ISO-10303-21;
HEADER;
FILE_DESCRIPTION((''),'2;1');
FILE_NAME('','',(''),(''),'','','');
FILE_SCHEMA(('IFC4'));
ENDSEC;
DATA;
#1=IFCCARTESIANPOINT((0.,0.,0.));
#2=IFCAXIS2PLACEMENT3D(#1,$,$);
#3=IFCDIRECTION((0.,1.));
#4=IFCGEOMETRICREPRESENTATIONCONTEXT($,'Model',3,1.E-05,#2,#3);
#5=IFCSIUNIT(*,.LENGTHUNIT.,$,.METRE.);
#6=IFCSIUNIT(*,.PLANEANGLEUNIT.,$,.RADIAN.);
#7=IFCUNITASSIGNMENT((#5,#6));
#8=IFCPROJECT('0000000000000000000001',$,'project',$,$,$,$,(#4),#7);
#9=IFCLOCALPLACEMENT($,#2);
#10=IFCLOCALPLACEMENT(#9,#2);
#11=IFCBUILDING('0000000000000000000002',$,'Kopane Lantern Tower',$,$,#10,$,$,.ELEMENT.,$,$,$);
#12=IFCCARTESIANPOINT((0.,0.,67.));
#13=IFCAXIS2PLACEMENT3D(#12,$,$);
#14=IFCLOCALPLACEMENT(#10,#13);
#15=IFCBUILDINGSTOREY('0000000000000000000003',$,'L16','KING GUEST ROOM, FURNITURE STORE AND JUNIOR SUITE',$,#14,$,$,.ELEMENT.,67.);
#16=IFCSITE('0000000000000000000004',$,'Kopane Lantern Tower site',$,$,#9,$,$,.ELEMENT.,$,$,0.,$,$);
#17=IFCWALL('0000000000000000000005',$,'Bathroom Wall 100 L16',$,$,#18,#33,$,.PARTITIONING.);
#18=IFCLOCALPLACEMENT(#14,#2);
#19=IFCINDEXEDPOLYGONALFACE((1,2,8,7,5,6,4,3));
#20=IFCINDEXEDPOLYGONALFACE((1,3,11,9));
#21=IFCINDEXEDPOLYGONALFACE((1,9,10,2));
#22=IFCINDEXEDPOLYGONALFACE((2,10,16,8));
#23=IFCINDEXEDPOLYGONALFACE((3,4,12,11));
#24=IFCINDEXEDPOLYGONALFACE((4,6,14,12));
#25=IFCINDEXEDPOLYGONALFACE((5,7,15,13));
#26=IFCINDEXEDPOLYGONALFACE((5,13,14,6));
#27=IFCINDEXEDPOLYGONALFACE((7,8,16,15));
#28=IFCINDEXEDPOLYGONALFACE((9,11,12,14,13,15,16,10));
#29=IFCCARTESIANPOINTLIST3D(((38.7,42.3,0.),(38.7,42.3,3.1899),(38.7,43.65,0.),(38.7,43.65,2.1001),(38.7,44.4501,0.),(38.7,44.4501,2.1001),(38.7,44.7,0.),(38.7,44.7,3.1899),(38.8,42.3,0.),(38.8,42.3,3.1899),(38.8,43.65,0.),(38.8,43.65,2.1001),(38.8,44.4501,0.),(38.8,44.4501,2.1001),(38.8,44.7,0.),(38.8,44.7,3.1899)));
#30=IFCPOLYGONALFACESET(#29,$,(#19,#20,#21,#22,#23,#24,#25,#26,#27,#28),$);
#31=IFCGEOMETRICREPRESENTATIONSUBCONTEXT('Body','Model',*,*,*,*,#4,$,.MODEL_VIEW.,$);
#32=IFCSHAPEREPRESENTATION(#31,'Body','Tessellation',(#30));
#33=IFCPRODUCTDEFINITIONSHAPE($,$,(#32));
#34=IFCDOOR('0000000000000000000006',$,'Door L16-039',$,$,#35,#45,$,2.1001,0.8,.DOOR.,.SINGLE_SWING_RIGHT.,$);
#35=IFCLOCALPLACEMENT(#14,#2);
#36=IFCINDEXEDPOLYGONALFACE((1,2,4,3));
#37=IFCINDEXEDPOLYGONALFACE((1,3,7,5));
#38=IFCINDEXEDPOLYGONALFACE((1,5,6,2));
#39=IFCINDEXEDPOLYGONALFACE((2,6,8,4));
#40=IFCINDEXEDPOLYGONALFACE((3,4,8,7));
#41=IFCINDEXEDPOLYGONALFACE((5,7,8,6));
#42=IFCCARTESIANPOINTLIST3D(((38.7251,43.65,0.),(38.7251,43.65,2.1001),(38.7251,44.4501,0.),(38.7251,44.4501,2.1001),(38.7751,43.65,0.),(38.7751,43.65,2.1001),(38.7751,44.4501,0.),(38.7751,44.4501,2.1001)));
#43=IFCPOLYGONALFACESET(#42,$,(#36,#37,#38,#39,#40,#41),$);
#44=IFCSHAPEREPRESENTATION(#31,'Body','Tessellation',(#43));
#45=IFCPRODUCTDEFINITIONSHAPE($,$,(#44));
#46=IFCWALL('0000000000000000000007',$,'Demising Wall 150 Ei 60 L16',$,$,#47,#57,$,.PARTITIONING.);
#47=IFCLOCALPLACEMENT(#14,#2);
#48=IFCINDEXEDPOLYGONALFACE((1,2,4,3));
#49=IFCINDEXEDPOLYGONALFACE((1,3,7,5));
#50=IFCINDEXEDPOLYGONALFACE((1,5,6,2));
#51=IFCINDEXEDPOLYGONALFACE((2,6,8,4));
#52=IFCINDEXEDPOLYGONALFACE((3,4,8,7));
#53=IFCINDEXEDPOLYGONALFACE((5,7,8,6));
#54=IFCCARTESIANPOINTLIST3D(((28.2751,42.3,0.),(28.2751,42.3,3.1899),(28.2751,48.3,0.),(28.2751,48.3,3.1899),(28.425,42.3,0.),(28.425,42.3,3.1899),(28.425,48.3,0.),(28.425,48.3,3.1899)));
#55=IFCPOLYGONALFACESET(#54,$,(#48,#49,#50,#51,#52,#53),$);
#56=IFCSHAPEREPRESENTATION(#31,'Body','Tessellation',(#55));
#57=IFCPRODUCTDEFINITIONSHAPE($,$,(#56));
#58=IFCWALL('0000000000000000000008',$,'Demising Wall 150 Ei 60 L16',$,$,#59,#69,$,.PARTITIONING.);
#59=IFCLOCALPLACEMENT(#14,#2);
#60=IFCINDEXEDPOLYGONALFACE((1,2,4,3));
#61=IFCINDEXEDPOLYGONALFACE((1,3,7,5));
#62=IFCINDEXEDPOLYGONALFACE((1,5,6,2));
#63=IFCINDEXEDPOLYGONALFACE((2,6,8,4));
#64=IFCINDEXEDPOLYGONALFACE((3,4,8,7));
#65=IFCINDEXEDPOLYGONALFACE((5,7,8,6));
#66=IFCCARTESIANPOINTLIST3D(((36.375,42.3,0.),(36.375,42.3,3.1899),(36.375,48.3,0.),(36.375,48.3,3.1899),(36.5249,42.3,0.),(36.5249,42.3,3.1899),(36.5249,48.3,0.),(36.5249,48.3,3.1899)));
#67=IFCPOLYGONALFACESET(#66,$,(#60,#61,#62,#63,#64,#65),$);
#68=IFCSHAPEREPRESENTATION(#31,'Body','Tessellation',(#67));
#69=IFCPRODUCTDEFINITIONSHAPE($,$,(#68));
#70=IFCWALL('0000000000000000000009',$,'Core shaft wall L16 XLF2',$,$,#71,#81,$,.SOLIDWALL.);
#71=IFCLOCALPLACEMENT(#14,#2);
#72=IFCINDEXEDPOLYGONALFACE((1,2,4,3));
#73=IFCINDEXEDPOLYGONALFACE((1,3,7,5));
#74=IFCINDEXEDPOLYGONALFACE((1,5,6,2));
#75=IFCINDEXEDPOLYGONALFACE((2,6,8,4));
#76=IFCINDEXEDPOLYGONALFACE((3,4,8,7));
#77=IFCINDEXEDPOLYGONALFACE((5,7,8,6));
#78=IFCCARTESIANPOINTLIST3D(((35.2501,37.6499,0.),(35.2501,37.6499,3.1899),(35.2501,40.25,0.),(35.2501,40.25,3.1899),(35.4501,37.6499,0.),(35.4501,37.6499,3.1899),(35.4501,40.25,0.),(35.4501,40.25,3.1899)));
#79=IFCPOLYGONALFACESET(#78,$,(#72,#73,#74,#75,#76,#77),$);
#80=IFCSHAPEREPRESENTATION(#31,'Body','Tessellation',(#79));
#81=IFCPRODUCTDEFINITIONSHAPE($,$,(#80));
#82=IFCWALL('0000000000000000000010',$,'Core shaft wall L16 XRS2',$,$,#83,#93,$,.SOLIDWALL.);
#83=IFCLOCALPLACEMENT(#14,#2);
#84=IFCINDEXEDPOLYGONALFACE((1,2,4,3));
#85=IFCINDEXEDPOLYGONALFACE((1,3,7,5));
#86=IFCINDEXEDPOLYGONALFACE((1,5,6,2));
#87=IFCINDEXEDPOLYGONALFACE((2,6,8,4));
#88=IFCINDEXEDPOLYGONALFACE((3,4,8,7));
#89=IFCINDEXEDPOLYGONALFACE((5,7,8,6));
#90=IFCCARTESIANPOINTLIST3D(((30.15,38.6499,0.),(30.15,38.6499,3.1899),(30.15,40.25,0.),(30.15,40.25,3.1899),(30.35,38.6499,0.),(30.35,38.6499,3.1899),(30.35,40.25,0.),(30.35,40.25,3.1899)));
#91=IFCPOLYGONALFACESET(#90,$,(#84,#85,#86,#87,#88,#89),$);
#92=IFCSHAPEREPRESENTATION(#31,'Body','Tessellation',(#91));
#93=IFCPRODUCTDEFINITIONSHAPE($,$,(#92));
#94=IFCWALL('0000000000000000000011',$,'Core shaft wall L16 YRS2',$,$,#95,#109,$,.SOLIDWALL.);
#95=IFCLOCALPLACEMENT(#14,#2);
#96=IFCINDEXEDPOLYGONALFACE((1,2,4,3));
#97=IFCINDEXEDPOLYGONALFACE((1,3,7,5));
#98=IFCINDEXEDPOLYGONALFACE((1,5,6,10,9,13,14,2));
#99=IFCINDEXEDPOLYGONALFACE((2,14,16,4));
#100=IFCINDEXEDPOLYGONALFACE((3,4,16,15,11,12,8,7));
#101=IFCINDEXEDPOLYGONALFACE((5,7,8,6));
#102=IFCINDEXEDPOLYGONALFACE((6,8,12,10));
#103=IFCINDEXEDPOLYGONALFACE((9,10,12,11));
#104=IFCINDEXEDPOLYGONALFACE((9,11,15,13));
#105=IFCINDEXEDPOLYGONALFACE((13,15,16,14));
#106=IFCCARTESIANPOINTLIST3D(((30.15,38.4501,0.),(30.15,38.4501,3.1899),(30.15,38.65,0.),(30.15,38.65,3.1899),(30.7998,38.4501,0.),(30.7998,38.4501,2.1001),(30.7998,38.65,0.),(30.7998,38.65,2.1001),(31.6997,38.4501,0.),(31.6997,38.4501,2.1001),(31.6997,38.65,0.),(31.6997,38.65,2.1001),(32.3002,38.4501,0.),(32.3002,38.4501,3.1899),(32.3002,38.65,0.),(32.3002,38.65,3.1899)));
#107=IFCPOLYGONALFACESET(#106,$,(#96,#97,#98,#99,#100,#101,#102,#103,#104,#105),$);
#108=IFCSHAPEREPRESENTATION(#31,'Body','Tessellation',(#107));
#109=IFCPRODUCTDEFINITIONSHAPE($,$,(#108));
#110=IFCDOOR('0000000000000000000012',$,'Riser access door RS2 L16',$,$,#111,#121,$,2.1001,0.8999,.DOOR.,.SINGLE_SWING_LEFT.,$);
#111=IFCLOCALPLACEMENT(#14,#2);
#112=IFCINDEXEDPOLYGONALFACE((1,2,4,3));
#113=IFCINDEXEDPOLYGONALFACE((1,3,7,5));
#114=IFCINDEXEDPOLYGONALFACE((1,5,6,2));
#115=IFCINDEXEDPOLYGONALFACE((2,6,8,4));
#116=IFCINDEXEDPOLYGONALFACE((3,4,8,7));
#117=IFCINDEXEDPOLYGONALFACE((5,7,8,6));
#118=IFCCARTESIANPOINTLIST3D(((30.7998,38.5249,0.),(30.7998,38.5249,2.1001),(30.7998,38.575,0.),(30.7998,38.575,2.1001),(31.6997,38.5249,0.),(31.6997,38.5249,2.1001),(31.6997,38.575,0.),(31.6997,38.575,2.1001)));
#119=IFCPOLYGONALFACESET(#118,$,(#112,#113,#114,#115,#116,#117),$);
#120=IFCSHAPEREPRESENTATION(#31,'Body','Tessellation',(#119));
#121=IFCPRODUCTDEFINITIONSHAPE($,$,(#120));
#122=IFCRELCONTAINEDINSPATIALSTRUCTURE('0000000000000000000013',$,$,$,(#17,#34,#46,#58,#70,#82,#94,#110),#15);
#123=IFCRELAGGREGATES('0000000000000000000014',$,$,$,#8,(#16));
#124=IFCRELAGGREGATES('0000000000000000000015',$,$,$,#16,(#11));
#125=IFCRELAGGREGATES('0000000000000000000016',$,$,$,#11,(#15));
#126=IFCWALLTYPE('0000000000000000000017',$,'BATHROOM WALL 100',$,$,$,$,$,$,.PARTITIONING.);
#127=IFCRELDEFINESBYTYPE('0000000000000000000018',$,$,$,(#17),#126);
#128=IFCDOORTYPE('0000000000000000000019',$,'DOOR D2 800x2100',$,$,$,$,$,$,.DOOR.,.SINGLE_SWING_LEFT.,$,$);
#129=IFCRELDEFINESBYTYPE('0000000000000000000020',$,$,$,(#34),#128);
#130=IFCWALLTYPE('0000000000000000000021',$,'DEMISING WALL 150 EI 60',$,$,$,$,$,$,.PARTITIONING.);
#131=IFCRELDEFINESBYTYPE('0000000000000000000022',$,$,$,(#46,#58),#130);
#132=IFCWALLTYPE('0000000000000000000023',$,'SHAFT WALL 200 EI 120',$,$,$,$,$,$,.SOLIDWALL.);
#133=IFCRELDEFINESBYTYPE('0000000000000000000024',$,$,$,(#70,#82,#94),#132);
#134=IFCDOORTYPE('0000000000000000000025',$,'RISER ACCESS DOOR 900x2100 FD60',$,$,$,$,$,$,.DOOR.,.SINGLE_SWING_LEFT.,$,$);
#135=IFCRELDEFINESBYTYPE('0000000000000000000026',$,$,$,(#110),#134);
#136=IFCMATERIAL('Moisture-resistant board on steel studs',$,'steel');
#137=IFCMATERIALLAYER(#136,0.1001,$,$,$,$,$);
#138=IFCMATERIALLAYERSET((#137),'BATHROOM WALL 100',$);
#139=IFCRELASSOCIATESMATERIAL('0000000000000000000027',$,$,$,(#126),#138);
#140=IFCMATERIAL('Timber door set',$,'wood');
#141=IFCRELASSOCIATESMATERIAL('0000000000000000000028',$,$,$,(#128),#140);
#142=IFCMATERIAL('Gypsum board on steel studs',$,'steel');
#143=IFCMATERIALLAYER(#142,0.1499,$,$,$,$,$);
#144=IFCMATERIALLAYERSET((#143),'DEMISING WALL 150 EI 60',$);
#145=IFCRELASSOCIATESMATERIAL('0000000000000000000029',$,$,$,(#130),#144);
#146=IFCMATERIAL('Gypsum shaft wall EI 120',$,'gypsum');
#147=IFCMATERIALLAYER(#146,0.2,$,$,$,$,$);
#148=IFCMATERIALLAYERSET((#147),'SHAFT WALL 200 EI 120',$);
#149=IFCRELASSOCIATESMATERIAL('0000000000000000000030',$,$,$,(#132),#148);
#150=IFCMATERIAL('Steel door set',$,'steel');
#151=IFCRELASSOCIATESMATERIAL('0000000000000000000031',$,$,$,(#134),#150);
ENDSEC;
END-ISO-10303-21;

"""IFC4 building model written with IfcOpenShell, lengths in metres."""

from ifc_helpers import new_model, si_unit, direction, frame, frame_2d, origin, place, context, subcontext, project, spatial, rectangle, extrude, material, layer, layer_set, type_object, element, fill, save


model = new_model("IFC4")

# Units and contexts
model_context = context("Model", 3, precision=1e-05, world=origin(), true_north=direction((0.0, 1.0)))
body_context = subcontext(model_context, "Body", "Model", "MODEL_VIEW")
ifc_project = project(units=[si_unit("LENGTHUNIT", "METRE"), si_unit("PLANEANGLEUNIT", "RADIAN")], contexts=[model_context])

# Site, building, storey
site_placement = place(None, origin())
site = spatial("IfcSite", under=ifc_project, at=site_placement, Name="Kopane Lantern Tower site", CompositionType="ELEMENT", RefElevation=0.0)
building_placement = place(site_placement, origin())
building = spatial("IfcBuilding", under=site, at=building_placement, Name="Kopane Lantern Tower", CompositionType="ELEMENT")
storey_placement = place(building_placement, frame((0.0, 0.0, 67.0)))
storey = spatial("IfcBuildingStorey", under=building, at=storey_placement, Name="L16", Description="KING GUEST ROOM, FURNITURE STORE AND JUNIOR SUITE", CompositionType="ELEMENT", Elevation=67.0)

# Shared definitions
ifc_material_1 = material(Name="Moisture-resistant board on steel studs", Category="steel")
ifc_layer_1 = layer(ifc_material_1, 0.1001)
ifc_layer_set_1 = layer_set([ifc_layer_1], Name="BATHROOM WALL 100")
wall_type_1 = type_object("IfcWallType", Name="BATHROOM WALL 100", PredefinedType="PARTITIONING", material=ifc_layer_set_1)
ifc_material_2 = material(Name="Timber door set", Category="wood")
door_type_1 = type_object("IfcDoorType", Name="DOOR D2 800x2100", OperationType="SINGLE_SWING_LEFT", PredefinedType="DOOR", material=ifc_material_2)

# Wall, opening, door
wall_1_placement = place(storey_placement, frame((38.75, 42.3, 0.0), z_axis=(0.0, 0.0, 1.0), x_axis=(0.0, 1.0, 0.0)))
wall_1 = element("IfcWall", 1, at=wall_1_placement, inside=storey, type_object=wall_type_1, Name="Bathroom Wall 100 L16", PredefinedType="PARTITIONING", context=body_context, shape_type="SweptSolid", body=[
    extrude(rectangle(XDim=2.3999, YDim=0.1001, at=frame_2d((1.2, 0.0))), origin(), (0.0, 0.0, 1.0), 3.1899),
])
opening_1_placement = place(wall_1_placement, frame((1.3501, 0.0, 0.0)))
opening_1 = element("IfcOpeningElement", 2, at=opening_1_placement, cuts=wall_1, PredefinedType="OPENING", context=body_context, shape_type="SweptSolid", body=[
    extrude(rectangle(XDim=0.8, YDim=2.1001, at=frame_2d((0.3999, 1.05))), frame((0.0, 0.0601, 0.0), z_axis=(0.0, -1.0, 0.0), x_axis=(1.0, 0.0, 0.0)), (0.0, 0.0, 1.0), 0.1201),
])
door_1_placement = place(opening_1_placement, origin())
door_1 = element("IfcDoor", 3, at=door_1_placement, inside=storey, type_object=door_type_1, Name="Door L16-039", OperationType="SINGLE_SWING_RIGHT", OverallHeight=2.1001, OverallWidth=0.8, PredefinedType="DOOR", context=body_context, shape_type="SweptSolid", body=[
    extrude(rectangle(XDim=0.8, YDim=2.1001, at=frame_2d((0.3999, 1.05))), frame((0.0, 0.0249, 0.0), z_axis=(0.0, -1.0, 0.0), x_axis=(1.0, 0.0, 0.0)), (0.0, 0.0, 1.0), 0.05),
])
fill(opening_1, door_1)

# Walls
ifc_material_3 = material(Name="Gypsum board on steel studs", Category="steel")
ifc_layer_2 = layer(ifc_material_3, 0.1499)
ifc_layer_set_2 = layer_set([ifc_layer_2], Name="DEMISING WALL 150 EI 60")
wall_type_2 = type_object("IfcWallType", Name="DEMISING WALL 150 EI 60", PredefinedType="PARTITIONING", material=ifc_layer_set_2)
for number, where, z_axis, x_axis, name in (
    (4, (28.3501, 42.3, 0.0), (0.0, 0.0, 1.0), (0.0, 1.0, 0.0), "Demising Wall 150 Ei 60 L16"),
    (5, (36.45, 42.3, 0.0), (0.0, 0.0, 1.0), (0.0, 1.0, 0.0), "Demising Wall 150 Ei 60 L16"),
):
    element("IfcWall", number, at=place(storey_placement, frame(where, z_axis=z_axis, x_axis=x_axis)), inside=storey, type_object=wall_type_2, Name=name, PredefinedType="PARTITIONING", context=body_context, shape_type="SweptSolid", body=[
        extrude(rectangle(XDim=6.0, YDim=0.1499, at=frame_2d((3.0, 0.0))), origin(), (0.0, 0.0, 1.0), 3.1899),
    ])
ifc_material_4 = material(Name="Gypsum shaft wall EI 120", Category="gypsum")
ifc_layer_3 = layer(ifc_material_4, 0.2)
ifc_layer_set_3 = layer_set([ifc_layer_3], Name="SHAFT WALL 200 EI 120")
wall_type_3 = type_object("IfcWallType", Name="SHAFT WALL 200 EI 120", PredefinedType="SOLIDWALL", material=ifc_layer_set_3)
wall_2_placement = place(storey_placement, frame((35.3501, 37.6499, 0.0), z_axis=(0.0, 0.0, 1.0), x_axis=(0.0, 1.0, 0.0)))
element("IfcWall", 6, at=wall_2_placement, inside=storey, type_object=wall_type_3, Name="Core shaft wall L16 XLF2", PredefinedType="SOLIDWALL", context=body_context, shape_type="SweptSolid", body=[
    extrude(rectangle(XDim=2.6001, YDim=0.2, at=frame_2d((1.3, 0.0))), origin(), (0.0, 0.0, 1.0), 3.1899),
])
wall_3_placement = place(storey_placement, frame((30.25, 38.6499, 0.0), z_axis=(0.0, 0.0, 1.0), x_axis=(0.0, 1.0, 0.0)))
element("IfcWall", 7, at=wall_3_placement, inside=storey, type_object=wall_type_3, Name="Core shaft wall L16 XRS2", PredefinedType="SOLIDWALL", context=body_context, shape_type="SweptSolid", body=[
    extrude(rectangle(XDim=1.6001, YDim=0.2, at=frame_2d((0.8, 0.0))), origin(), (0.0, 0.0, 1.0), 3.1899),
])

# Wall, opening, door
wall_4_placement = place(storey_placement, frame((30.1499, 38.55, 0.0), z_axis=(0.0, 0.0, 1.0), x_axis=(1.0, 0.0, 0.0)))
wall_4 = element("IfcWall", 8, at=wall_4_placement, inside=storey, type_object=wall_type_3, Name="Core shaft wall L16 YRS2", PredefinedType="SOLIDWALL", context=body_context, shape_type="SweptSolid", body=[
    extrude(rectangle(XDim=2.1501, YDim=0.2, at=frame_2d((1.0752, 0.0))), origin(), (0.0, 0.0, 1.0), 3.1899),
])
opening_2_placement = place(wall_4_placement, frame((0.6499, 0.0, 0.0)))
opening_2 = element("IfcOpeningElement", 9, at=opening_2_placement, cuts=wall_4, PredefinedType="OPENING", context=body_context, shape_type="SweptSolid", body=[
    extrude(rectangle(XDim=0.8999, YDim=2.1001, at=frame_2d((0.45, 1.05))), frame((0.0, 0.1099, 0.0), z_axis=(0.0, -1.0, 0.0), x_axis=(1.0, 0.0, 0.0)), (0.0, 0.0, 1.0), 0.22),
])
ifc_material_5 = material(Name="Steel door set", Category="steel")
door_type_2 = type_object("IfcDoorType", Name="RISER ACCESS DOOR 900x2100 FD60", OperationType="SINGLE_SWING_LEFT", PredefinedType="DOOR", material=ifc_material_5)
door_2_placement = place(opening_2_placement, origin())
door_2 = element("IfcDoor", 10, at=door_2_placement, inside=storey, type_object=door_type_2, Name="Riser access door RS2 L16", OperationType="SINGLE_SWING_LEFT", OverallHeight=2.1001, OverallWidth=0.8999, PredefinedType="DOOR", context=body_context, shape_type="SweptSolid", body=[
    extrude(rectangle(XDim=0.8999, YDim=2.1001, at=frame_2d((0.45, 1.05))), frame((0.0, 0.0249, 0.0), z_axis=(0.0, -1.0, 0.0), x_axis=(1.0, 0.0, 0.0)), (0.0, 0.0, 1.0), 0.05),
])
fill(opening_2, door_2)

save(model, "model.ifc")
